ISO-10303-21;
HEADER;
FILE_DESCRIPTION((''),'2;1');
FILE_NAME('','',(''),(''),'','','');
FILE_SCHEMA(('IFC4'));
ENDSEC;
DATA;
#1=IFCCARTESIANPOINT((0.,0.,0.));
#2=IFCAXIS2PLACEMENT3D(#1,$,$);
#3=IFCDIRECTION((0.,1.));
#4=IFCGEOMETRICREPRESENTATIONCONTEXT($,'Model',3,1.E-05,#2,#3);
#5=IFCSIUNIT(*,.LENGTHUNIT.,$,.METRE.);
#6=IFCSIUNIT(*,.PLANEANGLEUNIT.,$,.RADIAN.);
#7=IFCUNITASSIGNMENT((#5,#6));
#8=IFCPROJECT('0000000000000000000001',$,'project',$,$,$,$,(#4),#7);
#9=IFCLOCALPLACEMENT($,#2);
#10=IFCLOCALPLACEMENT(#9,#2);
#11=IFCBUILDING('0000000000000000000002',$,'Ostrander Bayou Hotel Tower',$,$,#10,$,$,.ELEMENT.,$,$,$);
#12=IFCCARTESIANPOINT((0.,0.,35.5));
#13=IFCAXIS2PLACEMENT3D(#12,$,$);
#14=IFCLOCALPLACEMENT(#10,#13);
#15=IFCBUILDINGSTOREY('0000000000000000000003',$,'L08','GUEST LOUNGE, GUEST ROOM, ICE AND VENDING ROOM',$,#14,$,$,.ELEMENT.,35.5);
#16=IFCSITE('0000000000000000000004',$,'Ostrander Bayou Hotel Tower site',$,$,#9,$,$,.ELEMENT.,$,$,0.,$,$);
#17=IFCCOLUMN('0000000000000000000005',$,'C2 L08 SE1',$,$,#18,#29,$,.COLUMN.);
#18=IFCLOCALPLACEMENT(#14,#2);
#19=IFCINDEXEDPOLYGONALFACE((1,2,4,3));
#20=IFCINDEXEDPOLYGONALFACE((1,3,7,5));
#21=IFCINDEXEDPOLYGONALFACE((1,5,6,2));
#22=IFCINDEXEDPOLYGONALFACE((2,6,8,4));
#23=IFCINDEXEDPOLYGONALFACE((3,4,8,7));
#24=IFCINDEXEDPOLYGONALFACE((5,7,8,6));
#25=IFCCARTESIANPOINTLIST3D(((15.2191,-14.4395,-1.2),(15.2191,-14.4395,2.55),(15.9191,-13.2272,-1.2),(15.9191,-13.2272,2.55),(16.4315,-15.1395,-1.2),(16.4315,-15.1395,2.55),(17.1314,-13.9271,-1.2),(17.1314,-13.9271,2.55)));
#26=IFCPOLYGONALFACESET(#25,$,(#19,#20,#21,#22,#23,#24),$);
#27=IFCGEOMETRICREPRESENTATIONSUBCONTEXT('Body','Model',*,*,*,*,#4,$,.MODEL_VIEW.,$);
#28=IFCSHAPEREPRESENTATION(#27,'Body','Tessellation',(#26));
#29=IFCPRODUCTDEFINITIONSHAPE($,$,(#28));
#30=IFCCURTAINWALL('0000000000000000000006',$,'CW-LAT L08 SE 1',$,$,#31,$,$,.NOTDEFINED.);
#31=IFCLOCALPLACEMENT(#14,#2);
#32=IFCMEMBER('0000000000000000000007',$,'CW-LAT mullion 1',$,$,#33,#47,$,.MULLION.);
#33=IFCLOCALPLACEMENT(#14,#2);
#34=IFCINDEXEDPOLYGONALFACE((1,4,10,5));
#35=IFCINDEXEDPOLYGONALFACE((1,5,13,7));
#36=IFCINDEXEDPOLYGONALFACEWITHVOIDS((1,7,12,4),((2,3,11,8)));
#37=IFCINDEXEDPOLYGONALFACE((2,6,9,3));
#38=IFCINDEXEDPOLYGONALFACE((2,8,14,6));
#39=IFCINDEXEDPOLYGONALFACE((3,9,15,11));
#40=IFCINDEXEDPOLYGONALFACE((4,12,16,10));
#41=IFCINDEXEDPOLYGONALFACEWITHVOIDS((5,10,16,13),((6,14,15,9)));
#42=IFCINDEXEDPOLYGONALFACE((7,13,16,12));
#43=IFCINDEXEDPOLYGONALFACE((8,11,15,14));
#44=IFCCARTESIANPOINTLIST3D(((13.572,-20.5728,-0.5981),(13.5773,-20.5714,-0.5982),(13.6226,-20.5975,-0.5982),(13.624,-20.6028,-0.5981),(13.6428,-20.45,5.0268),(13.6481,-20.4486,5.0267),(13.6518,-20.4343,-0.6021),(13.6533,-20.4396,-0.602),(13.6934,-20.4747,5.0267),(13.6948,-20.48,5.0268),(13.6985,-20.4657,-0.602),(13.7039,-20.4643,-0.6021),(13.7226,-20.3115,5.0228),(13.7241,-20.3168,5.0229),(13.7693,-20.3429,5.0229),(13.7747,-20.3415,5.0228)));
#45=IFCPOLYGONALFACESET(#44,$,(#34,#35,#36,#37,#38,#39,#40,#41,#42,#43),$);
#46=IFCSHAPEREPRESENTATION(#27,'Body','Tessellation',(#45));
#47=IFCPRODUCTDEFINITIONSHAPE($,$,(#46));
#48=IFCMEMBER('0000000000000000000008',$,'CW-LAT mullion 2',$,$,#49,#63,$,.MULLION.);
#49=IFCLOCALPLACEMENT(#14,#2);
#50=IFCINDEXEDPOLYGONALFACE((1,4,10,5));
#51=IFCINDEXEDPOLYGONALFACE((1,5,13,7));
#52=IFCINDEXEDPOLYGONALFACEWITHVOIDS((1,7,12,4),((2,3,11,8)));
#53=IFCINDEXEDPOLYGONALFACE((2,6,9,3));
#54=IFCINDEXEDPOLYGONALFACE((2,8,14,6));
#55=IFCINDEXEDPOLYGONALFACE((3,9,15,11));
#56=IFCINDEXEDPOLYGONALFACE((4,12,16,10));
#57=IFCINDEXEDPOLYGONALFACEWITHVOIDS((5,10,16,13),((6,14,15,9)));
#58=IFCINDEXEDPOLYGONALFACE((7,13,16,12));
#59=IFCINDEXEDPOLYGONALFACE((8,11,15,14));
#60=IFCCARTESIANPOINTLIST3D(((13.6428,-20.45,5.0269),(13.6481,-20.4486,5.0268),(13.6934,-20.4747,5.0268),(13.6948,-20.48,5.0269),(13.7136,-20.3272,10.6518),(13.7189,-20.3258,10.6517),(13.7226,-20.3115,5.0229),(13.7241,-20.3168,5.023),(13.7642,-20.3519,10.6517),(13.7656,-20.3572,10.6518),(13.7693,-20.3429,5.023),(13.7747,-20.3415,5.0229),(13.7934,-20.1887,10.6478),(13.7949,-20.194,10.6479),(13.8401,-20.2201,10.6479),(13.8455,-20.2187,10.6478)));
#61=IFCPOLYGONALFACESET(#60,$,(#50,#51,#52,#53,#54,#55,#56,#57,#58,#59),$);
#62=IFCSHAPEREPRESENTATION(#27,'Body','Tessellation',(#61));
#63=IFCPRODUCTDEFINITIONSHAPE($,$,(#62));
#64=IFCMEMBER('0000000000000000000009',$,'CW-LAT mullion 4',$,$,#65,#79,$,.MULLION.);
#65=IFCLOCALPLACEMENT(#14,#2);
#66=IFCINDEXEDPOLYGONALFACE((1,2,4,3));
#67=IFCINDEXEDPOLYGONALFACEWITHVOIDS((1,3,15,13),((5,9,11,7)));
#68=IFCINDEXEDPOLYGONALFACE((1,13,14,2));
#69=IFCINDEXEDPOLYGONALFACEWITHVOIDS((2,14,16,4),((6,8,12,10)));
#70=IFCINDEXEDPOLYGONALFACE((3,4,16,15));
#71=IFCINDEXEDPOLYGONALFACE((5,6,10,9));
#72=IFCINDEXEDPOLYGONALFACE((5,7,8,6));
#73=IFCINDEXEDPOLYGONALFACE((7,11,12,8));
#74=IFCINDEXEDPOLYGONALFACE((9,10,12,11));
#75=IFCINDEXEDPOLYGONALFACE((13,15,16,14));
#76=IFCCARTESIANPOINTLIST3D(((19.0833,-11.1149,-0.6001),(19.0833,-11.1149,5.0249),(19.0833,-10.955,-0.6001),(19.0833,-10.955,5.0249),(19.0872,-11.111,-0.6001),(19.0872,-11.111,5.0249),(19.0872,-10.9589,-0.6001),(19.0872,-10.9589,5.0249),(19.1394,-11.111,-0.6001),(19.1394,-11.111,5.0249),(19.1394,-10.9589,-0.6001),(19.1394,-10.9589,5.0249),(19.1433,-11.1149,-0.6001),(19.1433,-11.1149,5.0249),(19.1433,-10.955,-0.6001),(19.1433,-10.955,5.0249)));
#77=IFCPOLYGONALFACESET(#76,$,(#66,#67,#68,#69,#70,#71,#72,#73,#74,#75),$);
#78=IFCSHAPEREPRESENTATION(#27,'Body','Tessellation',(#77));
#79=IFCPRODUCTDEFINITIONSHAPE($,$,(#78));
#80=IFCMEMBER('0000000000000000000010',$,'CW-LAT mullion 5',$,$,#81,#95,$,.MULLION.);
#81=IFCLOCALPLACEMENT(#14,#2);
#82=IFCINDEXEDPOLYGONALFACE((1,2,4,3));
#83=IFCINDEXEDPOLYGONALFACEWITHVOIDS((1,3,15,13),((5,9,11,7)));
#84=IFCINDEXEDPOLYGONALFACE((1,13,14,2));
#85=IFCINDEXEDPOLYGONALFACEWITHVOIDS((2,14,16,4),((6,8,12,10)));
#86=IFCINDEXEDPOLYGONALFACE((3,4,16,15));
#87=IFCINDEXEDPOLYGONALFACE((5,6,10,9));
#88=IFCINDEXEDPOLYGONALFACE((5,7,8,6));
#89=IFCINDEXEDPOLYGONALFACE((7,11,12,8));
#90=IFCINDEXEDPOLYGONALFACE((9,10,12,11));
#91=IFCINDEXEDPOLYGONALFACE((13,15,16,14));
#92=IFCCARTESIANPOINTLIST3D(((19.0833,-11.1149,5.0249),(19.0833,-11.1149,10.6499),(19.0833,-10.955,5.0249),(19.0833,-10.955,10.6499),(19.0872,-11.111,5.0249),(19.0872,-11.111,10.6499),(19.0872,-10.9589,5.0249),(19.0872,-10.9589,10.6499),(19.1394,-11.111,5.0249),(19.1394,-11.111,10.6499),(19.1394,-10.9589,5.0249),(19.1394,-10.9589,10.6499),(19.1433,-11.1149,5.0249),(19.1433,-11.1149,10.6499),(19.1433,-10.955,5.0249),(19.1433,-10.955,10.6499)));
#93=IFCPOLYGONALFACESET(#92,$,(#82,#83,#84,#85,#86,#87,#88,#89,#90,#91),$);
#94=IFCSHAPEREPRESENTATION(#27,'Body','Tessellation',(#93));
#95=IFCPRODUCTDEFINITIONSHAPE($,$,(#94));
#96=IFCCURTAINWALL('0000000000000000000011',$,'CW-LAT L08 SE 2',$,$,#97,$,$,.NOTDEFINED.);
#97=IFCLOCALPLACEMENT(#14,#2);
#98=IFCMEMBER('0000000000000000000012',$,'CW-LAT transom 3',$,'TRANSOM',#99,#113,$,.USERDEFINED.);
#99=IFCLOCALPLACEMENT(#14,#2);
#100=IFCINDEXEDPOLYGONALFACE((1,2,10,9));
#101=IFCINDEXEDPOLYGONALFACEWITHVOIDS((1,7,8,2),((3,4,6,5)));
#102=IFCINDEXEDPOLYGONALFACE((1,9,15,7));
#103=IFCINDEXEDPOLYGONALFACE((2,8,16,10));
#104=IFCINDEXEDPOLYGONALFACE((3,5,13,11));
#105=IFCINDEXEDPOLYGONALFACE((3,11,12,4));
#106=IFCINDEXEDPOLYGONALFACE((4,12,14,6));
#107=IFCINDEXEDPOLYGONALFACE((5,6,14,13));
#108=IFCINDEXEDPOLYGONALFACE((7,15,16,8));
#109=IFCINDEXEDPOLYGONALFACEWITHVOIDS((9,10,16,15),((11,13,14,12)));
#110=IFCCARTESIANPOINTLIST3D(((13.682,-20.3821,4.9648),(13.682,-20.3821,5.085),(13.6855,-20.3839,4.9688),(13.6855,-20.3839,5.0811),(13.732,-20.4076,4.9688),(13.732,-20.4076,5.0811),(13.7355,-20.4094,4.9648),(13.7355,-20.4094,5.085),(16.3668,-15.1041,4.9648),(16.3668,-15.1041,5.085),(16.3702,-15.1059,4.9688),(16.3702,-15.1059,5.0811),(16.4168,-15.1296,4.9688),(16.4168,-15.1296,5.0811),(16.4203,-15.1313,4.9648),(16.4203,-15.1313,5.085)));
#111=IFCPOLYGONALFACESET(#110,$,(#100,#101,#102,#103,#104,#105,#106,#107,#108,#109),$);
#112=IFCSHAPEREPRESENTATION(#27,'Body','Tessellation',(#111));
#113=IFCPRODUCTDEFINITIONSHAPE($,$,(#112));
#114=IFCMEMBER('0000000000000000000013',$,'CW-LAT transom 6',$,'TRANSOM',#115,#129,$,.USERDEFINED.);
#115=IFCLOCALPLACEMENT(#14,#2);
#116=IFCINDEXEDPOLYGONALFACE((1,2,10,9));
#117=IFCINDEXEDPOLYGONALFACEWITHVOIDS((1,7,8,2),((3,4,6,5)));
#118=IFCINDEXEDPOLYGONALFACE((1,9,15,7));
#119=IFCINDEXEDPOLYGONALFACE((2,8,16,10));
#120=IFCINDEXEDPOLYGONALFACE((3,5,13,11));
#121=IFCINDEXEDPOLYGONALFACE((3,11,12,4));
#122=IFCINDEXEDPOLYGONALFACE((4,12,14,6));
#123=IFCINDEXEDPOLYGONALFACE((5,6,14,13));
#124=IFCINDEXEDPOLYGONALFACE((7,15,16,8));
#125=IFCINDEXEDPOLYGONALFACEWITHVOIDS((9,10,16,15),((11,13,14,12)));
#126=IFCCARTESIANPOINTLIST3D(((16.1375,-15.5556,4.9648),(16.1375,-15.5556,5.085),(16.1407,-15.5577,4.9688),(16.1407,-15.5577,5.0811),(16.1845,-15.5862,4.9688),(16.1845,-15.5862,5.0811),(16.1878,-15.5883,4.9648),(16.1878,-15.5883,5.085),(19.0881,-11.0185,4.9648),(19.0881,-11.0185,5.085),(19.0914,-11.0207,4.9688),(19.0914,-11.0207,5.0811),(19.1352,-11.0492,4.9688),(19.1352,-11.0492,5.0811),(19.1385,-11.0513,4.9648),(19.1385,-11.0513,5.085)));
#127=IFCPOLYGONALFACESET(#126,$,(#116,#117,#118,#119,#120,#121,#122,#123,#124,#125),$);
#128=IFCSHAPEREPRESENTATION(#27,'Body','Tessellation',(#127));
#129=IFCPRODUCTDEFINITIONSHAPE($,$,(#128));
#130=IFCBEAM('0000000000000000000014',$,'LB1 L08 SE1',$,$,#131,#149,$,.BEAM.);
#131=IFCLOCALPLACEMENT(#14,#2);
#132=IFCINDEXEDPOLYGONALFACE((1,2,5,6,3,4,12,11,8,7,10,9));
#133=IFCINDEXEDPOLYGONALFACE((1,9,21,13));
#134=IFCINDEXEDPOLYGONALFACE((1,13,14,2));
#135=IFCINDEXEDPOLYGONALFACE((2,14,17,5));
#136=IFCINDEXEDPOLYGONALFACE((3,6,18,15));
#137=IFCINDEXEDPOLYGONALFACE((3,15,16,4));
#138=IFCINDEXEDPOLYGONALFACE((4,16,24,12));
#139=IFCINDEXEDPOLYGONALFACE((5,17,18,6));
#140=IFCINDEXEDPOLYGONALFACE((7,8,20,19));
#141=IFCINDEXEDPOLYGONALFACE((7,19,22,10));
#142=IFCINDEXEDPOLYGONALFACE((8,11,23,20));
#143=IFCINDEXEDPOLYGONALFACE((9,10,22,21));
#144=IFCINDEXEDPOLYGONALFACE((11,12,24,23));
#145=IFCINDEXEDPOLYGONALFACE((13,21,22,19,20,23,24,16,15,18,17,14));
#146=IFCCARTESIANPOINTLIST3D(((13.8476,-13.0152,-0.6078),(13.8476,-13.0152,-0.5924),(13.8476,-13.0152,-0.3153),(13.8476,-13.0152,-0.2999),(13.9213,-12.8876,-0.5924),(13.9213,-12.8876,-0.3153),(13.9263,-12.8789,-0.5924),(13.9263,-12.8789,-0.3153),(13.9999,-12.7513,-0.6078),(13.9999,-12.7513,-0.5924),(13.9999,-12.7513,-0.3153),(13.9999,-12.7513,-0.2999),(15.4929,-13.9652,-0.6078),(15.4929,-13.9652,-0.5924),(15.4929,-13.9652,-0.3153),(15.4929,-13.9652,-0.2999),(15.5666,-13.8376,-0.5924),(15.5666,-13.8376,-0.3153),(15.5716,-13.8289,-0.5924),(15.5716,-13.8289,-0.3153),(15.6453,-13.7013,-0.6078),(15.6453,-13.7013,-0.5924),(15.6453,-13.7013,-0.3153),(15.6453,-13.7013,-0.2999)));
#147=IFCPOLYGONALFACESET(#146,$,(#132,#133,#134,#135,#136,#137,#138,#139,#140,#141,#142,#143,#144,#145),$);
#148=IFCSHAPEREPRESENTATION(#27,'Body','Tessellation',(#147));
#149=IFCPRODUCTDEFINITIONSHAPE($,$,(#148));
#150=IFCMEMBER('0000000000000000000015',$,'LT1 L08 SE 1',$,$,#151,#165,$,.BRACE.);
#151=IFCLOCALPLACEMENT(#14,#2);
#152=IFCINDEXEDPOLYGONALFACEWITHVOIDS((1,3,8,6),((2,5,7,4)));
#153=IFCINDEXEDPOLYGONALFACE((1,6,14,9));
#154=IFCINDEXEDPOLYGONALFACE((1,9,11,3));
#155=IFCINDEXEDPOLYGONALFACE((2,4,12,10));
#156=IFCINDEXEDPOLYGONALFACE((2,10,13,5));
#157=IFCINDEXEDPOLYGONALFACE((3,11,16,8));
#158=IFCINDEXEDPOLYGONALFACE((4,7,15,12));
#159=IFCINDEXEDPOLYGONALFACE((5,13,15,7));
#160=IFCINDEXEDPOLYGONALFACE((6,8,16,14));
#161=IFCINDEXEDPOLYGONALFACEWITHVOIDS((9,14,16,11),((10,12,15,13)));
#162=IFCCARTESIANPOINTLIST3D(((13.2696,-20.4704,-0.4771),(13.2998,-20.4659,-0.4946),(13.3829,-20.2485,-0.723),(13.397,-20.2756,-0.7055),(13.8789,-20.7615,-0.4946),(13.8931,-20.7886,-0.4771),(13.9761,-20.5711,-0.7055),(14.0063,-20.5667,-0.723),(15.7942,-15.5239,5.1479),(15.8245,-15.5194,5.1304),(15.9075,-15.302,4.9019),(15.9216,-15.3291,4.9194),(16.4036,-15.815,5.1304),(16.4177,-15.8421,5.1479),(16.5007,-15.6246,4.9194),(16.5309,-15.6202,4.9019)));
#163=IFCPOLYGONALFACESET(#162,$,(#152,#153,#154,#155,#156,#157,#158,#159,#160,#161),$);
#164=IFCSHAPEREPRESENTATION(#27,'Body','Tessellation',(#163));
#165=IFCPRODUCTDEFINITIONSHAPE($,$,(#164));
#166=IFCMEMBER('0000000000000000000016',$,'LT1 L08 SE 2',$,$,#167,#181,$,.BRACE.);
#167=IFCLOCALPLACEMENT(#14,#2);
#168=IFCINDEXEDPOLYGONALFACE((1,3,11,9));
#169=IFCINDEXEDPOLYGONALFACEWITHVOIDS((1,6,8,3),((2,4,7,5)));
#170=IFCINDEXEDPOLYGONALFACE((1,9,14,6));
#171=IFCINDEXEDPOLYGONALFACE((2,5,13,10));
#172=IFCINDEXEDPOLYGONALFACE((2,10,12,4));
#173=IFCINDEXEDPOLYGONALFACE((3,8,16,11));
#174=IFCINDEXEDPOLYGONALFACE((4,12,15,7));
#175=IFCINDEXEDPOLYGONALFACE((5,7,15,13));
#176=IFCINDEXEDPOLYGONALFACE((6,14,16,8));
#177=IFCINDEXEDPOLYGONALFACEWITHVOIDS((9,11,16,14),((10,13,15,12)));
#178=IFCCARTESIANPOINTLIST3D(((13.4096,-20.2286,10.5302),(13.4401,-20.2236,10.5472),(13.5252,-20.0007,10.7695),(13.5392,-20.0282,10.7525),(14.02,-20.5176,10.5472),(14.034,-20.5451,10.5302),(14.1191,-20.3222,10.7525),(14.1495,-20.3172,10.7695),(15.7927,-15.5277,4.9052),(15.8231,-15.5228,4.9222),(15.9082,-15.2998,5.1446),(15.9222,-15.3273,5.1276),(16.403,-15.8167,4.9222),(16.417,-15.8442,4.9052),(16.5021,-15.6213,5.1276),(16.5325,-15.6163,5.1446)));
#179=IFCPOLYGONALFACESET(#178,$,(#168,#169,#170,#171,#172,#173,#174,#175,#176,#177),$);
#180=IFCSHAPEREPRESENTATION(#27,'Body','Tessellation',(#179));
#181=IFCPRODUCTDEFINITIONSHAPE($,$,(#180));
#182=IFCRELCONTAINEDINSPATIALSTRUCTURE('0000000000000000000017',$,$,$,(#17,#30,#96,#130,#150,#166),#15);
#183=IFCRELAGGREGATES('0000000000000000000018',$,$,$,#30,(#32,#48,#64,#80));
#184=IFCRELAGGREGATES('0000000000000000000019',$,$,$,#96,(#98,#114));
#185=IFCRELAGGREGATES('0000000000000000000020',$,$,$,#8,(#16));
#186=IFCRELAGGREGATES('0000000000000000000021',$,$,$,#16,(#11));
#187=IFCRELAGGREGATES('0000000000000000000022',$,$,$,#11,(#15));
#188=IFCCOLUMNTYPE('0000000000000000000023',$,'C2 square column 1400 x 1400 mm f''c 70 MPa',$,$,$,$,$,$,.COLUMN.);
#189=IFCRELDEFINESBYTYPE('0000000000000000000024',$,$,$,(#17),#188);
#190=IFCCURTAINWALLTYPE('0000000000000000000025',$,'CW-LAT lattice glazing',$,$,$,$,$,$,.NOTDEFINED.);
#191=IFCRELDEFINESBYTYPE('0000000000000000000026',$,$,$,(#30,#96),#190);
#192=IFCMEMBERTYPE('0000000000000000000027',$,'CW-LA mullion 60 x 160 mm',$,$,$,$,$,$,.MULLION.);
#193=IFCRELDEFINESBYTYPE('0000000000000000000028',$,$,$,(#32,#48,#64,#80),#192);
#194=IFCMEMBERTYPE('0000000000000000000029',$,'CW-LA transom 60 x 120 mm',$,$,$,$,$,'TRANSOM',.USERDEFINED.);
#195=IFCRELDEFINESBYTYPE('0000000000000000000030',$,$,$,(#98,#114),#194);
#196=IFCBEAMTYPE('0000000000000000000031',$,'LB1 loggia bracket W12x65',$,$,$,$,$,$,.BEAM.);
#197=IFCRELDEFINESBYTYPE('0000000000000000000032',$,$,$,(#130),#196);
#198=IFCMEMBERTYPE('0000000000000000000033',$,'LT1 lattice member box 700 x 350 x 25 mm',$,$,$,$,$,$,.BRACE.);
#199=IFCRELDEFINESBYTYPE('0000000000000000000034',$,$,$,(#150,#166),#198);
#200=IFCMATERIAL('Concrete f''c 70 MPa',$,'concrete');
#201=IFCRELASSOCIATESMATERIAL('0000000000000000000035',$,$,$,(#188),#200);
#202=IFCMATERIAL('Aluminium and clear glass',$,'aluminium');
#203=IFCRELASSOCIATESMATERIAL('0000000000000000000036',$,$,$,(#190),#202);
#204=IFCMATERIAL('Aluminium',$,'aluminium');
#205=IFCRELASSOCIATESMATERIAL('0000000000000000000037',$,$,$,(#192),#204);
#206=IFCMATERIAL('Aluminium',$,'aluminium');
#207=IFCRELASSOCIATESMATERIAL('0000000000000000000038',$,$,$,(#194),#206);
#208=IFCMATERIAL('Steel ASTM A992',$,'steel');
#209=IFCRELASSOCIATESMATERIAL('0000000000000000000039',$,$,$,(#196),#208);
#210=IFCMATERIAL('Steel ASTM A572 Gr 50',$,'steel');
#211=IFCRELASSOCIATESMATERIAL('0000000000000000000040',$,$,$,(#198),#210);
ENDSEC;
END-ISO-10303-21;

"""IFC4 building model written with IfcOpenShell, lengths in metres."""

from ifc_helpers import new_model, si_unit, direction, frame, origin, origin_2d, place, context, subcontext, project, spatial, rectangle, hollow_rectangle, i_section, extrude, material, material_profile, profile_set, type_object, element, aggregate, save


model = new_model("IFC4")

# Units and contexts
model_context = context("Model", 3, precision=1e-05, world=origin(), true_north=direction((0.0, 1.0)))
body_context = subcontext(model_context, "Body", "Model", "MODEL_VIEW")
ifc_project = project(units=[si_unit("LENGTHUNIT", "METRE"), si_unit("PLANEANGLEUNIT", "RADIAN")], contexts=[model_context])

# Site, building, storey
site_placement = place(None, origin())
site = spatial("IfcSite", under=ifc_project, at=site_placement, Name="Ostrander Bayou Hotel Tower site", CompositionType="ELEMENT", RefElevation=0.0)
building_placement = place(site_placement, origin())
building = spatial("IfcBuilding", under=site, at=building_placement, Name="Ostrander Bayou Hotel Tower", CompositionType="ELEMENT")
storey_placement = place(building_placement, frame((0.0, 0.0, 35.5)))
storey = spatial("IfcBuildingStorey", under=building, at=storey_placement, Name="L08", Description="GUEST LOUNGE, GUEST ROOM, ICE AND VENDING ROOM", CompositionType="ELEMENT", Elevation=35.5)

# Column
ifc_material_1 = material(Name="Concrete f'c 70 MPa", Category="concrete")
ifc_material_profile_1 = material_profile(ifc_material_1, rectangle(XDim=1.3999, YDim=1.3999, at=origin_2d()))
ifc_profile_set_1 = profile_set([ifc_material_profile_1], Name="Concrete f'c 70 MPa")
column_type = type_object("IfcColumnType", Name="C2 square column 1400 x 1400 mm f'c 70 MPa", PredefinedType="COLUMN", material=ifc_profile_set_1)
column_placement = place(storey_placement, frame((16.1753, -14.1833, -1.2), z_axis=(0.0, 0.0, 1.0), x_axis=(-0.5, -0.866025, 0.0)))
element("IfcColumn", 1, at=column_placement, inside=storey, type_object=column_type, Name="C2 L08 SE1", PredefinedType="COLUMN", context=body_context, shape_type="SweptSolid", body=[
    extrude(rectangle(XDim=1.3999, YDim=1.3999, at=origin_2d()), origin(), (0.0, 0.0, 1.0), 3.75),
])

# Curtain walls, members
ifc_material_2 = material(Name="Aluminium and clear glass", Category="aluminium")
curtain_wall_type = type_object("IfcCurtainWallType", Name="CW-LAT lattice glazing", PredefinedType="NOTDEFINED", material=ifc_material_2)
curtain_wall_1_placement = place(storey_placement, origin())
curtain_wall_1 = element("IfcCurtainWall", 2, at=curtain_wall_1_placement, inside=storey, type_object=curtain_wall_type, Name="CW-LAT L08 SE 1", PredefinedType="NOTDEFINED")
ifc_material_3 = material(Name="Aluminium", Category="aluminium")
ifc_material_profile_2 = material_profile(ifc_material_3, hollow_rectangle(XDim=0.0601, YDim=0.1599, WallThickness=0.0039, at=origin_2d()))
ifc_profile_set_2 = profile_set([ifc_material_profile_2], Name="Aluminium")
member_type_1 = type_object("IfcMemberType", Name="CW-LA mullion 60 x 160 mm", PredefinedType="MULLION", material=ifc_profile_set_2)
member_1_placement = place(storey_placement, frame((13.6379, -20.5186, -0.6001), z_axis=(0.012583, 0.021825, 0.999683), x_axis=(-0.866329, 0.499474, 0.0)))
member_1 = element("IfcMember", 3, at=member_1_placement, type_object=member_type_1, Name="CW-LAT mullion 1", PredefinedType="MULLION", context=body_context, shape_type="SweptSolid", body=[
    extrude(hollow_rectangle(XDim=0.0601, YDim=0.1599, WallThickness=0.0039, at=origin_2d()), origin(), (0.0, 0.0, 1.0), 5.6267),
])
member_2_placement = place(storey_placement, frame((13.7087, -20.3958, 5.0249), z_axis=(0.012583, 0.021825, 0.999683), x_axis=(-0.866329, 0.499474, 0.0)))
member_2 = element("IfcMember", 4, at=member_2_placement, type_object=member_type_1, Name="CW-LAT mullion 2", PredefinedType="MULLION", context=body_context, shape_type="SweptSolid", body=[
    extrude(hollow_rectangle(XDim=0.0601, YDim=0.1599, WallThickness=0.0039, at=origin_2d()), origin(), (0.0, 0.0, 1.0), 5.6267),
])
member_3_placement = place(storey_placement, frame((19.1133, -11.0349, -0.6001), z_axis=(0.0, 0.0, 1.0), x_axis=(1.0, 0.0, 0.0)))
member_3 = element("IfcMember", 5, at=member_3_placement, type_object=member_type_1, Name="CW-LAT mullion 4", PredefinedType="MULLION", context=body_context, shape_type="SweptSolid", body=[
    extrude(hollow_rectangle(XDim=0.0601, YDim=0.1599, WallThickness=0.0039, at=origin_2d()), origin(), (0.0, 0.0, 1.0), 5.625),
])
member_4_placement = place(storey_placement, frame((19.1133, -11.0349, 5.0249), z_axis=(0.0, 0.0, 1.0), x_axis=(1.0, 0.0, 0.0)))
member_4 = element("IfcMember", 6, at=member_4_placement, type_object=member_type_1, Name="CW-LAT mullion 5", PredefinedType="MULLION", context=body_context, shape_type="SweptSolid", body=[
    extrude(hollow_rectangle(XDim=0.0601, YDim=0.1599, WallThickness=0.0039, at=origin_2d()), origin(), (0.0, 0.0, 1.0), 5.625),
])
curtain_wall_2_placement = place(storey_placement, origin())
curtain_wall_2 = element("IfcCurtainWall", 7, at=curtain_wall_2_placement, inside=storey, type_object=curtain_wall_type, Name="CW-LAT L08 SE 2", PredefinedType="NOTDEFINED")
ifc_material_4 = material(Name="Aluminium", Category="aluminium")
ifc_material_profile_3 = material_profile(ifc_material_4, hollow_rectangle(XDim=0.0601, YDim=0.1201, WallThickness=0.0039, at=origin_2d()))
ifc_profile_set_3 = profile_set([ifc_material_profile_3], Name="Aluminium")
member_type_2 = type_object("IfcMemberType", Name="CW-LA transom 60 x 120 mm", ElementType="TRANSOM", PredefinedType="USERDEFINED", material=ifc_profile_set_3)
member_5_placement = place(storey_placement, frame((13.7087, -20.3958, 5.0249), z_axis=(0.453387, 0.891314, 0.0), x_axis=(-0.891314, 0.453387, 0.0)))
member_5 = element("IfcMember", 8, at=member_5_placement, type_object=member_type_2, Name="CW-LAT transom 3", ObjectType="TRANSOM", PredefinedType="USERDEFINED", context=body_context, shape_type="SweptSolid", body=[
    extrude(hollow_rectangle(XDim=0.0601, YDim=0.1201, WallThickness=0.0039, at=origin_2d()), origin(), (0.0, 0.0, 1.0), 5.9216),
])
member_6_placement = place(storey_placement, frame((19.1133, -11.0349, 5.0249), z_axis=(-0.545191, -0.838312, 0.0), x_axis=(0.838312, -0.545191, 0.0)))
member_6 = element("IfcMember", 9, at=member_6_placement, type_object=member_type_2, Name="CW-LAT transom 6", ObjectType="TRANSOM", PredefinedType="USERDEFINED", context=body_context, shape_type="SweptSolid", body=[
    extrude(hollow_rectangle(XDim=0.0601, YDim=0.1201, WallThickness=0.0039, at=origin_2d()), origin(), (0.0, 0.0, 1.0), 5.4121),
])

# Beam
ifc_material_5 = material(Name="Steel ASTM A992", Category="steel")
ifc_material_profile_4 = material_profile(ifc_material_5, i_section(OverallWidth=0.3047, OverallDepth=0.3079, WebThickness=0.01, FlangeThickness=0.0154, at=origin_2d()))
ifc_profile_set_4 = profile_set([ifc_material_profile_4], Name="Steel ASTM A992")
beam_type_1 = type_object("IfcBeamType", Name="LB1 loggia bracket W12x65", PredefinedType="BEAM", material=ifc_profile_set_4)
beam_1_placement = place(storey_placement, frame((15.5691, -13.8333, -0.4539), z_axis=(-0.866012, 0.500023, 0.0), x_axis=(-0.500023, -0.866012, 0.0)))
element("IfcBeam", 10, at=beam_1_placement, inside=storey, type_object=beam_type_1, Name="LB1 L08 SE1", PredefinedType="BEAM", context=body_context, shape_type="SweptSolid", body=[
    extrude(i_section(OverallWidth=0.3047, OverallDepth=0.3079, WebThickness=0.01, FlangeThickness=0.0154, at=origin_2d()), origin(), (0.0, 0.0, 1.0), 1.8999),
])

# Members
ifc_material_6 = material(Name="Steel ASTM A572 Gr 50", Category="steel")
ifc_material_profile_5 = material_profile(ifc_material_6, hollow_rectangle(XDim=0.7, YDim=0.3501, WallThickness=0.0249, at=origin_2d()))
ifc_profile_set_5 = profile_set([ifc_material_profile_5], Name="Steel ASTM A572 Gr 50")
member_type_3 = type_object("IfcMemberType", Name="LT1 lattice member box 700 x 350 x 25 mm", PredefinedType="BRACE", material=ifc_profile_set_5)
member_7_placement = place(storey_placement, frame((16.1626, -15.572, 5.0249), z_axis=(-0.319391, -0.625779, -0.711611), x_axis=(0.890695, -0.454601, 0.0)))
element("IfcMember", 11, at=member_7_placement, inside=storey, type_object=member_type_3, Name="LT1 L08 SE 1", PredefinedType="BRACE", context=body_context, shape_type="SweptSolid", body=[
    extrude(hollow_rectangle(XDim=0.7, YDim=0.3501, WallThickness=0.0249, at=origin_2d()), origin(), (0.0, 0.0, 1.0), 7.9045),
])
member_8_placement = place(storey_placement, frame((16.1626, -15.572, 5.0249), z_axis=(-0.309154, -0.609851, 0.72973), x_axis=(0.89194, -0.452154, 0.0)))
element("IfcMember", 12, at=member_8_placement, inside=storey, type_object=member_type_3, Name="LT1 L08 SE 2", PredefinedType="BRACE", context=body_context, shape_type="SweptSolid", body=[
    extrude(hollow_rectangle(XDim=0.7, YDim=0.3501, WallThickness=0.0249, at=origin_2d()), origin(), (0.0, 0.0, 1.0), 7.7083),
])

aggregate(curtain_wall_1, [member_1, member_2, member_3, member_4])
aggregate(curtain_wall_2, [member_5, member_6])

save(model, "model.ifc")
